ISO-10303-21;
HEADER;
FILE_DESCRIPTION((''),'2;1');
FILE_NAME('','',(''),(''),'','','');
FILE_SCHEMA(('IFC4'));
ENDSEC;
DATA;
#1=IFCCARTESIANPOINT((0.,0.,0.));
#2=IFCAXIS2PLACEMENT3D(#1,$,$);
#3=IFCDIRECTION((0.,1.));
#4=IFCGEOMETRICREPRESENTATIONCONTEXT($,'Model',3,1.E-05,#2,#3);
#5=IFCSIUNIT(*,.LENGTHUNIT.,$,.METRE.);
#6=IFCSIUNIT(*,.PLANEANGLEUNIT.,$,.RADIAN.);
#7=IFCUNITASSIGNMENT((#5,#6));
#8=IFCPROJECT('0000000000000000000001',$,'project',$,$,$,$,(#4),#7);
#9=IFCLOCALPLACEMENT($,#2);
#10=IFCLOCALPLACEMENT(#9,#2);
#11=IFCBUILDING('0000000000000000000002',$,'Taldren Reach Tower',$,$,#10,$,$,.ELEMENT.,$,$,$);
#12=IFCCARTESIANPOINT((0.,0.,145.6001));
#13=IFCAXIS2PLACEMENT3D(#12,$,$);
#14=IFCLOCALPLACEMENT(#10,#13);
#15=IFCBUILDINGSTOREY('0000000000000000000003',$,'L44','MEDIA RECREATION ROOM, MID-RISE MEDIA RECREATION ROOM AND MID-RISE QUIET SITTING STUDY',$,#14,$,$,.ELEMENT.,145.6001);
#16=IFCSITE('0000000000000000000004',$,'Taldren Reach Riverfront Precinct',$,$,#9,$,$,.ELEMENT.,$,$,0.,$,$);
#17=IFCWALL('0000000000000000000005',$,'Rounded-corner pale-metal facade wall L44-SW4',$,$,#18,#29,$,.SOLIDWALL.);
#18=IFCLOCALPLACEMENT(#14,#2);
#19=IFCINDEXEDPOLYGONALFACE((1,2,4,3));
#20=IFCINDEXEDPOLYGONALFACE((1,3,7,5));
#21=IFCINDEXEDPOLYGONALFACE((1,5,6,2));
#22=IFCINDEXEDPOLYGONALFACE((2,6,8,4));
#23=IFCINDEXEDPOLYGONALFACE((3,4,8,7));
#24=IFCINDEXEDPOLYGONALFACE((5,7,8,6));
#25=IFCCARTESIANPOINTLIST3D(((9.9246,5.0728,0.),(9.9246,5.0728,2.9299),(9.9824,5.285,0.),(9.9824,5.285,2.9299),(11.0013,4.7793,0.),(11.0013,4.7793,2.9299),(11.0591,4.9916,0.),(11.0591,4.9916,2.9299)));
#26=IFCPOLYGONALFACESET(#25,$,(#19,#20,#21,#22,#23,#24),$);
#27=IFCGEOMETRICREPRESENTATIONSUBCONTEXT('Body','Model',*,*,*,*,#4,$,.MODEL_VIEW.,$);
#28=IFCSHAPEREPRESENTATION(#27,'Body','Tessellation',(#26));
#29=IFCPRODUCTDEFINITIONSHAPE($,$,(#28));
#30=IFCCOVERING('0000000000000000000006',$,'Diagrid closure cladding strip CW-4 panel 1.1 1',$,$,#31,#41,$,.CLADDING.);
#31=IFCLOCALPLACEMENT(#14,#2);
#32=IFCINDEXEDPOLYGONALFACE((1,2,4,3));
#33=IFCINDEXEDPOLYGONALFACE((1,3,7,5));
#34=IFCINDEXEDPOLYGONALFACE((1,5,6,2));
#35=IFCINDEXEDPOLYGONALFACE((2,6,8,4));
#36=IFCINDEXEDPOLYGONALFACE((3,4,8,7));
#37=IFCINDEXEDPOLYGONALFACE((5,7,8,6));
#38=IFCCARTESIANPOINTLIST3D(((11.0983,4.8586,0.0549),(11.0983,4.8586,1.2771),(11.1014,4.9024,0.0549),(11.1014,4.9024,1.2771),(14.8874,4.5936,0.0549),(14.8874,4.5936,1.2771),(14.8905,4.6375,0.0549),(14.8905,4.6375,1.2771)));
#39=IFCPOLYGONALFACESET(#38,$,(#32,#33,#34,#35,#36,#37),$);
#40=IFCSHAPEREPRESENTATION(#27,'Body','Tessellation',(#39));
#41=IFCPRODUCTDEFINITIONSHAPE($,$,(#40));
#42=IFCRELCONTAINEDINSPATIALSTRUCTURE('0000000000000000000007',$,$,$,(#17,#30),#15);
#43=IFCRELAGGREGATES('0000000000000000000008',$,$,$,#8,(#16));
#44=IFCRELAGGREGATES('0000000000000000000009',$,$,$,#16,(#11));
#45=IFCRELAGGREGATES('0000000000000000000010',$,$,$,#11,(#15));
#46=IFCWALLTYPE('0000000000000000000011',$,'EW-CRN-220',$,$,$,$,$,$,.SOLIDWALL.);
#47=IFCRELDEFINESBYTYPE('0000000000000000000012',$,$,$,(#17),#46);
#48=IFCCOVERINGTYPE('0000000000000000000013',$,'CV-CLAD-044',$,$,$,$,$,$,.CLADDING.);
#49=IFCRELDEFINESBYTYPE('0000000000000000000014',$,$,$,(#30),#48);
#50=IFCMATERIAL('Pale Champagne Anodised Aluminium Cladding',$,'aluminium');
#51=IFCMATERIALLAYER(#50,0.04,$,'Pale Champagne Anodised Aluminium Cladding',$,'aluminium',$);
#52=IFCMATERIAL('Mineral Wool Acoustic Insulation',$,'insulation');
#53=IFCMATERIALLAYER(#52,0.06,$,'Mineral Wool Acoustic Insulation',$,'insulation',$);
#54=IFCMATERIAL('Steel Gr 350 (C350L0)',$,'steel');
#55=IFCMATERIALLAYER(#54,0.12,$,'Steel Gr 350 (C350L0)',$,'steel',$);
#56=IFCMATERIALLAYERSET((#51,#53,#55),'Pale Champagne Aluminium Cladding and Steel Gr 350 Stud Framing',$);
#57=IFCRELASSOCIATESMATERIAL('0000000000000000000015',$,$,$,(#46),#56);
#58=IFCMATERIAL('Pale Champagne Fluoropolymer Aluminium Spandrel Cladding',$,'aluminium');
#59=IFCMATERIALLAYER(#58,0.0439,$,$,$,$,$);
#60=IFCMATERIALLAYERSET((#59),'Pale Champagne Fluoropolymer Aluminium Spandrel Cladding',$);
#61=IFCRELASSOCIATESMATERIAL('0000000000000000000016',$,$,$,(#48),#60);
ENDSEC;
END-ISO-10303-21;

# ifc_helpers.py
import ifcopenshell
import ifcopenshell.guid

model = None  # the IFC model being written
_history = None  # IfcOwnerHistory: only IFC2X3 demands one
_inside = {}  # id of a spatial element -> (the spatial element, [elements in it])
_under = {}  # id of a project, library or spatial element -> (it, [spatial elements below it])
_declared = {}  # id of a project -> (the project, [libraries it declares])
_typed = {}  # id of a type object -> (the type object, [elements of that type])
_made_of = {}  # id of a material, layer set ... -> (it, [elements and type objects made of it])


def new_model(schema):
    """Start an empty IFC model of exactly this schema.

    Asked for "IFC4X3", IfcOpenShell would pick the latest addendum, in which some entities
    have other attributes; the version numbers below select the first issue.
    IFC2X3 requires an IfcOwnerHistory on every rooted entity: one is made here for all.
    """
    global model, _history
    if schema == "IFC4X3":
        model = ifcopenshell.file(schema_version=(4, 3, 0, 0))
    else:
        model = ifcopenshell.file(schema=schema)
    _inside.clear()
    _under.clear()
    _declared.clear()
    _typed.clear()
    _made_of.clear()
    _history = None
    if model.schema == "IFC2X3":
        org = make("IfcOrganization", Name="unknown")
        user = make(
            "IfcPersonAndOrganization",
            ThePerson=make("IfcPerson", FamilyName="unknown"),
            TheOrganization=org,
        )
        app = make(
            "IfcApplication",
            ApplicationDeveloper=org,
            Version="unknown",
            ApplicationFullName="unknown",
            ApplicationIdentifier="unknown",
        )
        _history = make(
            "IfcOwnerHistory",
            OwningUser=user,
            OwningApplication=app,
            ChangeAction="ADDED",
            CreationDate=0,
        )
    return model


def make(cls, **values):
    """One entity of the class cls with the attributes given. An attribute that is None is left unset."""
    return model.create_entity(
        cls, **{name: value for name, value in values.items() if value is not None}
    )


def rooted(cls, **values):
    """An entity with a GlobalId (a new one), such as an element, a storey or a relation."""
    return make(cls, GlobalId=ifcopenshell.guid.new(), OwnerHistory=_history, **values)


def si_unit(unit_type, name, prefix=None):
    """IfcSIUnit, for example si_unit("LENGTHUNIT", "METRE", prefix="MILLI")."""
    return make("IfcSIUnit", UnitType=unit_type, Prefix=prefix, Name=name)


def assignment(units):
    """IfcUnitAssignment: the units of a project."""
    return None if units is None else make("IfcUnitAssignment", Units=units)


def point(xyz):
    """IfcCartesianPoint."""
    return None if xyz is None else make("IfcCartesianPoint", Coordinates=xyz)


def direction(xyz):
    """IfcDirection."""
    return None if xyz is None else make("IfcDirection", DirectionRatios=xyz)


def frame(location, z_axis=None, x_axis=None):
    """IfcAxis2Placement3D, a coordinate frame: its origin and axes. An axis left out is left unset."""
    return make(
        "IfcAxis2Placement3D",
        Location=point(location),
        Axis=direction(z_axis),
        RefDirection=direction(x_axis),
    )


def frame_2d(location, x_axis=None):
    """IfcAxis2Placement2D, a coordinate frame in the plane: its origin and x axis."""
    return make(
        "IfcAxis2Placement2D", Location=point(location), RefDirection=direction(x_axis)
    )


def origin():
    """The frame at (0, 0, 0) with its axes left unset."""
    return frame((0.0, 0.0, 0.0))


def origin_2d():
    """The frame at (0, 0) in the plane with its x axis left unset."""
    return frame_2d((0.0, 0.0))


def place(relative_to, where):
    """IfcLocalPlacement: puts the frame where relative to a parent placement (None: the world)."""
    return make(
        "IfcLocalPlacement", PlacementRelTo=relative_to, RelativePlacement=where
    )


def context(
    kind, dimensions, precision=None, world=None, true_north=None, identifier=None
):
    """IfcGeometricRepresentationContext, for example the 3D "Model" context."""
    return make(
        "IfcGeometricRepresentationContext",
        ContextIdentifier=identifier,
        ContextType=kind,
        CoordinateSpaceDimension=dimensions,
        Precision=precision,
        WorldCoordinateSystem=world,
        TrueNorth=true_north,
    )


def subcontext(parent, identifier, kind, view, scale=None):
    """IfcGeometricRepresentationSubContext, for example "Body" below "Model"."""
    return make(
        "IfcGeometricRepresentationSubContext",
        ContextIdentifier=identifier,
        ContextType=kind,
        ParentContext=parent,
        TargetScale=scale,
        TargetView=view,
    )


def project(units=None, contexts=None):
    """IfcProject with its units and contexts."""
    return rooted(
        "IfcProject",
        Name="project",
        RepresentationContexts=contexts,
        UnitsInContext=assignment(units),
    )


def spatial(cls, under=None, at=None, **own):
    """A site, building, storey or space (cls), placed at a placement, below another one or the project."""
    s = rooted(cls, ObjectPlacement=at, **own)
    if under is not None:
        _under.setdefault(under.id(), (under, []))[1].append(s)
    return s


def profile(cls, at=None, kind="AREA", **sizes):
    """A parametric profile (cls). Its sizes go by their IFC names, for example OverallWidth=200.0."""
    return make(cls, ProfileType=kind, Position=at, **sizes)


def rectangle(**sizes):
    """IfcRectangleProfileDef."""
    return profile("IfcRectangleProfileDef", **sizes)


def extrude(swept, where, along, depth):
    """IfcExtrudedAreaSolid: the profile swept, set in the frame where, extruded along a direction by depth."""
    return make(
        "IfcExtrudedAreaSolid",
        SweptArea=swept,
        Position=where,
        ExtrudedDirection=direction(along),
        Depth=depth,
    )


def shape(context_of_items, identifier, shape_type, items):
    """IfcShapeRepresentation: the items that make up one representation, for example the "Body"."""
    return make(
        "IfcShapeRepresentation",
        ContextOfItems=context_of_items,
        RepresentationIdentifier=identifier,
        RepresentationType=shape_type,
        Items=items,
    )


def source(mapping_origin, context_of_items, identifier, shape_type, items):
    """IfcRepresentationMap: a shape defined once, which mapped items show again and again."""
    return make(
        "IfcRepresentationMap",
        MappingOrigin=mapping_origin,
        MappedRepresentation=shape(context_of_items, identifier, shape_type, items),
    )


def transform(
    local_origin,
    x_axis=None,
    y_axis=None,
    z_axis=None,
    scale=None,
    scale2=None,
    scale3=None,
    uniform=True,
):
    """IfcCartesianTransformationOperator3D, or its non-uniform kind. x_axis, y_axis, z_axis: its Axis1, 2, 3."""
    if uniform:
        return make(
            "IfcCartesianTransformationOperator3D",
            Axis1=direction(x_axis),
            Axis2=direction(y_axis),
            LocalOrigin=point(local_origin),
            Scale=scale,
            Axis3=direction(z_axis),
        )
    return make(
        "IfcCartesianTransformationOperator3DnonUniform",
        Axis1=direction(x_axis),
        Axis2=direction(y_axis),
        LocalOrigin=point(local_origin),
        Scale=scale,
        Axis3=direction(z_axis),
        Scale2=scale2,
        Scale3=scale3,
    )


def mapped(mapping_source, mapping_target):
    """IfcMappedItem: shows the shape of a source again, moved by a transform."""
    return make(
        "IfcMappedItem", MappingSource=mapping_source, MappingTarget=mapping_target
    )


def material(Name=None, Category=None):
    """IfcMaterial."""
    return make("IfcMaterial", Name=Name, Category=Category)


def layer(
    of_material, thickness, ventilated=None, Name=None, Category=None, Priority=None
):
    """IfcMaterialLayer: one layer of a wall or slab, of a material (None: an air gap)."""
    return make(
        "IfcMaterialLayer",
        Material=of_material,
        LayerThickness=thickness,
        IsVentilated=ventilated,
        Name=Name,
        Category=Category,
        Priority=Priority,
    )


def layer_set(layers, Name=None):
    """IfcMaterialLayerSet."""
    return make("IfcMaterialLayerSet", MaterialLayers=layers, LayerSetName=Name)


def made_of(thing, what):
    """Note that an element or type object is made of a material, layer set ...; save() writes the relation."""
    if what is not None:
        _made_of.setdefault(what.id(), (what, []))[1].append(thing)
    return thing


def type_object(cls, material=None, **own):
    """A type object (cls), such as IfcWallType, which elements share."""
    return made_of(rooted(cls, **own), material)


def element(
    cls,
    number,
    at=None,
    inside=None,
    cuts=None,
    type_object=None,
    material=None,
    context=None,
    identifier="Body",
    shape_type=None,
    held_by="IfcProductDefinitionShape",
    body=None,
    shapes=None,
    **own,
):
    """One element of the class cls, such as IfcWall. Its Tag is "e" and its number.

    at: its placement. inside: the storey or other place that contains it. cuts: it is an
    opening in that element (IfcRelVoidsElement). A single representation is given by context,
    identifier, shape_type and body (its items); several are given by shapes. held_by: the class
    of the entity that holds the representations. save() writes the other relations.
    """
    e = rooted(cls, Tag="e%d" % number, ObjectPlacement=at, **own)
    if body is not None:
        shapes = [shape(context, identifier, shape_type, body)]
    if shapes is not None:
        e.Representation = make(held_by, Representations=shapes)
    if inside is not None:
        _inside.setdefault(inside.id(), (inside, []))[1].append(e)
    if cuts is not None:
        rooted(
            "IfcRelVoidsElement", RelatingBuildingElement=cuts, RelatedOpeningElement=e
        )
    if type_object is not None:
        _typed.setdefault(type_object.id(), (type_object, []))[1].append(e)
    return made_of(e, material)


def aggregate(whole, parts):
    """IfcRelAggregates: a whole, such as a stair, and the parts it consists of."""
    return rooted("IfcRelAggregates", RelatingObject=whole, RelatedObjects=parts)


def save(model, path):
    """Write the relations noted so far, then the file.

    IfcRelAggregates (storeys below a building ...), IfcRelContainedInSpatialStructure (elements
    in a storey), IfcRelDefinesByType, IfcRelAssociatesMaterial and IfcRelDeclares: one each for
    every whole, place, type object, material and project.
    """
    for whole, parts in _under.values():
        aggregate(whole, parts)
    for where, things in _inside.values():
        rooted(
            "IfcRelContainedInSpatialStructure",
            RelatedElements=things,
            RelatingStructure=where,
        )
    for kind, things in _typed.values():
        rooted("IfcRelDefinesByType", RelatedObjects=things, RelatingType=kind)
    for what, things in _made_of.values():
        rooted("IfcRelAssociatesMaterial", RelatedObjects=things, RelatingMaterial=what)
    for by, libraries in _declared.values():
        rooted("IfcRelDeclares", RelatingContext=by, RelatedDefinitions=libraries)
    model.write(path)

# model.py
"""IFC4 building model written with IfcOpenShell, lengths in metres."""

from ifc_helpers import new_model, si_unit, direction, frame, frame_2d, origin, origin_2d, place, context, subcontext, project, spatial, rectangle, extrude, source, transform, mapped, material, layer, layer_set, type_object, element, save


model = new_model("IFC4")

# Units and contexts
model_context = context("Model", 3, precision=1e-05, world=origin(), true_north=direction((0.0, 1.0)))
body_context = subcontext(model_context, "Body", "Model", "MODEL_VIEW")
ifc_project = project(units=[si_unit("LENGTHUNIT", "METRE"), si_unit("PLANEANGLEUNIT", "RADIAN")], contexts=[model_context])

# Site, building, storey
site_placement = place(None, origin())
site = spatial("IfcSite", under=ifc_project, at=site_placement, Name="Taldren Reach Riverfront Precinct", CompositionType="ELEMENT", RefElevation=0.0)
building_placement = place(site_placement, origin())
building = spatial("IfcBuilding", under=site, at=building_placement, Name="Taldren Reach Tower", CompositionType="ELEMENT")
storey_placement = place(building_placement, frame((0.0, 0.0, 145.6001)))
storey = spatial("IfcBuildingStorey", under=building, at=storey_placement, Name="L44", Description="MEDIA RECREATION ROOM, MID-RISE MEDIA RECREATION ROOM AND MID-RISE QUIET SITTING STUDY", CompositionType="ELEMENT", Elevation=145.6001)

# Shared definitions
ifc_material_1 = material(Name="Steel Gr 350 (C350L0)", Category="steel")

# Wall
ifc_material_2 = material(Name="Pale Champagne Anodised Aluminium Cladding", Category="aluminium")
ifc_layer_1 = layer(ifc_material_2, 0.04, Name="Pale Champagne Anodised Aluminium Cladding", Category="aluminium")
ifc_material_3 = material(Name="Mineral Wool Acoustic Insulation", Category="insulation")
ifc_layer_2 = layer(ifc_material_3, 0.06, Name="Mineral Wool Acoustic Insulation", Category="insulation")
ifc_layer_3 = layer(ifc_material_1, 0.12, Name="Steel Gr 350 (C350L0)", Category="steel")
ifc_layer_set_1 = layer_set([ifc_layer_1, ifc_layer_2, ifc_layer_3], Name="Pale Champagne Aluminium Cladding and Steel Gr 350 Stud Framing")
wall_type = type_object("IfcWallType", Name="EW-CRN-220", PredefinedType="SOLIDWALL", material=ifc_layer_set_1)
shared_shape_1 = source(origin(), body_context, "Body", "SweptSolid", [
    extrude(rectangle(XDim=1.116, YDim=0.22, at=frame_2d((0.5581, 0.0))), origin(), (0.0, 0.0, 1.0), 2.9299),
])
for number, where, z_axis, x_axis, name in (
    (1, (9.9534, 5.179, 0.0), (0.0, 0.0, 1.0), (0.964804, -0.262969, 0.0), "Rounded-corner pale-metal facade wall L44-SW4"),
):
    element("IfcWall", number, at=place(storey_placement, frame(where, z_axis=z_axis, x_axis=x_axis)), inside=storey, type_object=wall_type, Name=name, PredefinedType="SOLIDWALL", context=body_context, shape_type="MappedRepresentation", body=[
        mapped(shared_shape_1, transform((0.0, 0.0, 0.0), scale=1.0)),
    ])

# Covering
ifc_material_4 = material(Name="Pale Champagne Fluoropolymer Aluminium Spandrel Cladding", Category="aluminium")
ifc_layer_4 = layer(ifc_material_4, 0.0439)
ifc_layer_set_2 = layer_set([ifc_layer_4], Name="Pale Champagne Fluoropolymer Aluminium Spandrel Cladding")
covering_type = type_object("IfcCoveringType", Name="CV-CLAD-044", PredefinedType="CLADDING", material=ifc_layer_set_2)
shared_shape_2 = source(origin(), body_context, "Body", "SweptSolid", [
    extrude(rectangle(XDim=3.7983, YDim=0.0439, at=origin_2d()), origin(), (0.0, 0.0, 1.0), 1.2222),
])
covering_placement = place(storey_placement, frame((12.9944, 4.748, 0.0549), z_axis=(0.0, 0.0, 1.0), x_axis=(0.997564, -0.069757, 0.0)))
element("IfcCovering", 2, at=covering_placement, inside=storey, type_object=covering_type, Name="Diagrid closure cladding strip CW-4 panel 1.1 1", PredefinedType="CLADDING", context=body_context, shape_type="MappedRepresentation", body=[
    mapped(shared_shape_2, transform((0.0, 0.0, 0.0), scale=1.0)),
])

save(model, "model.ifc")
